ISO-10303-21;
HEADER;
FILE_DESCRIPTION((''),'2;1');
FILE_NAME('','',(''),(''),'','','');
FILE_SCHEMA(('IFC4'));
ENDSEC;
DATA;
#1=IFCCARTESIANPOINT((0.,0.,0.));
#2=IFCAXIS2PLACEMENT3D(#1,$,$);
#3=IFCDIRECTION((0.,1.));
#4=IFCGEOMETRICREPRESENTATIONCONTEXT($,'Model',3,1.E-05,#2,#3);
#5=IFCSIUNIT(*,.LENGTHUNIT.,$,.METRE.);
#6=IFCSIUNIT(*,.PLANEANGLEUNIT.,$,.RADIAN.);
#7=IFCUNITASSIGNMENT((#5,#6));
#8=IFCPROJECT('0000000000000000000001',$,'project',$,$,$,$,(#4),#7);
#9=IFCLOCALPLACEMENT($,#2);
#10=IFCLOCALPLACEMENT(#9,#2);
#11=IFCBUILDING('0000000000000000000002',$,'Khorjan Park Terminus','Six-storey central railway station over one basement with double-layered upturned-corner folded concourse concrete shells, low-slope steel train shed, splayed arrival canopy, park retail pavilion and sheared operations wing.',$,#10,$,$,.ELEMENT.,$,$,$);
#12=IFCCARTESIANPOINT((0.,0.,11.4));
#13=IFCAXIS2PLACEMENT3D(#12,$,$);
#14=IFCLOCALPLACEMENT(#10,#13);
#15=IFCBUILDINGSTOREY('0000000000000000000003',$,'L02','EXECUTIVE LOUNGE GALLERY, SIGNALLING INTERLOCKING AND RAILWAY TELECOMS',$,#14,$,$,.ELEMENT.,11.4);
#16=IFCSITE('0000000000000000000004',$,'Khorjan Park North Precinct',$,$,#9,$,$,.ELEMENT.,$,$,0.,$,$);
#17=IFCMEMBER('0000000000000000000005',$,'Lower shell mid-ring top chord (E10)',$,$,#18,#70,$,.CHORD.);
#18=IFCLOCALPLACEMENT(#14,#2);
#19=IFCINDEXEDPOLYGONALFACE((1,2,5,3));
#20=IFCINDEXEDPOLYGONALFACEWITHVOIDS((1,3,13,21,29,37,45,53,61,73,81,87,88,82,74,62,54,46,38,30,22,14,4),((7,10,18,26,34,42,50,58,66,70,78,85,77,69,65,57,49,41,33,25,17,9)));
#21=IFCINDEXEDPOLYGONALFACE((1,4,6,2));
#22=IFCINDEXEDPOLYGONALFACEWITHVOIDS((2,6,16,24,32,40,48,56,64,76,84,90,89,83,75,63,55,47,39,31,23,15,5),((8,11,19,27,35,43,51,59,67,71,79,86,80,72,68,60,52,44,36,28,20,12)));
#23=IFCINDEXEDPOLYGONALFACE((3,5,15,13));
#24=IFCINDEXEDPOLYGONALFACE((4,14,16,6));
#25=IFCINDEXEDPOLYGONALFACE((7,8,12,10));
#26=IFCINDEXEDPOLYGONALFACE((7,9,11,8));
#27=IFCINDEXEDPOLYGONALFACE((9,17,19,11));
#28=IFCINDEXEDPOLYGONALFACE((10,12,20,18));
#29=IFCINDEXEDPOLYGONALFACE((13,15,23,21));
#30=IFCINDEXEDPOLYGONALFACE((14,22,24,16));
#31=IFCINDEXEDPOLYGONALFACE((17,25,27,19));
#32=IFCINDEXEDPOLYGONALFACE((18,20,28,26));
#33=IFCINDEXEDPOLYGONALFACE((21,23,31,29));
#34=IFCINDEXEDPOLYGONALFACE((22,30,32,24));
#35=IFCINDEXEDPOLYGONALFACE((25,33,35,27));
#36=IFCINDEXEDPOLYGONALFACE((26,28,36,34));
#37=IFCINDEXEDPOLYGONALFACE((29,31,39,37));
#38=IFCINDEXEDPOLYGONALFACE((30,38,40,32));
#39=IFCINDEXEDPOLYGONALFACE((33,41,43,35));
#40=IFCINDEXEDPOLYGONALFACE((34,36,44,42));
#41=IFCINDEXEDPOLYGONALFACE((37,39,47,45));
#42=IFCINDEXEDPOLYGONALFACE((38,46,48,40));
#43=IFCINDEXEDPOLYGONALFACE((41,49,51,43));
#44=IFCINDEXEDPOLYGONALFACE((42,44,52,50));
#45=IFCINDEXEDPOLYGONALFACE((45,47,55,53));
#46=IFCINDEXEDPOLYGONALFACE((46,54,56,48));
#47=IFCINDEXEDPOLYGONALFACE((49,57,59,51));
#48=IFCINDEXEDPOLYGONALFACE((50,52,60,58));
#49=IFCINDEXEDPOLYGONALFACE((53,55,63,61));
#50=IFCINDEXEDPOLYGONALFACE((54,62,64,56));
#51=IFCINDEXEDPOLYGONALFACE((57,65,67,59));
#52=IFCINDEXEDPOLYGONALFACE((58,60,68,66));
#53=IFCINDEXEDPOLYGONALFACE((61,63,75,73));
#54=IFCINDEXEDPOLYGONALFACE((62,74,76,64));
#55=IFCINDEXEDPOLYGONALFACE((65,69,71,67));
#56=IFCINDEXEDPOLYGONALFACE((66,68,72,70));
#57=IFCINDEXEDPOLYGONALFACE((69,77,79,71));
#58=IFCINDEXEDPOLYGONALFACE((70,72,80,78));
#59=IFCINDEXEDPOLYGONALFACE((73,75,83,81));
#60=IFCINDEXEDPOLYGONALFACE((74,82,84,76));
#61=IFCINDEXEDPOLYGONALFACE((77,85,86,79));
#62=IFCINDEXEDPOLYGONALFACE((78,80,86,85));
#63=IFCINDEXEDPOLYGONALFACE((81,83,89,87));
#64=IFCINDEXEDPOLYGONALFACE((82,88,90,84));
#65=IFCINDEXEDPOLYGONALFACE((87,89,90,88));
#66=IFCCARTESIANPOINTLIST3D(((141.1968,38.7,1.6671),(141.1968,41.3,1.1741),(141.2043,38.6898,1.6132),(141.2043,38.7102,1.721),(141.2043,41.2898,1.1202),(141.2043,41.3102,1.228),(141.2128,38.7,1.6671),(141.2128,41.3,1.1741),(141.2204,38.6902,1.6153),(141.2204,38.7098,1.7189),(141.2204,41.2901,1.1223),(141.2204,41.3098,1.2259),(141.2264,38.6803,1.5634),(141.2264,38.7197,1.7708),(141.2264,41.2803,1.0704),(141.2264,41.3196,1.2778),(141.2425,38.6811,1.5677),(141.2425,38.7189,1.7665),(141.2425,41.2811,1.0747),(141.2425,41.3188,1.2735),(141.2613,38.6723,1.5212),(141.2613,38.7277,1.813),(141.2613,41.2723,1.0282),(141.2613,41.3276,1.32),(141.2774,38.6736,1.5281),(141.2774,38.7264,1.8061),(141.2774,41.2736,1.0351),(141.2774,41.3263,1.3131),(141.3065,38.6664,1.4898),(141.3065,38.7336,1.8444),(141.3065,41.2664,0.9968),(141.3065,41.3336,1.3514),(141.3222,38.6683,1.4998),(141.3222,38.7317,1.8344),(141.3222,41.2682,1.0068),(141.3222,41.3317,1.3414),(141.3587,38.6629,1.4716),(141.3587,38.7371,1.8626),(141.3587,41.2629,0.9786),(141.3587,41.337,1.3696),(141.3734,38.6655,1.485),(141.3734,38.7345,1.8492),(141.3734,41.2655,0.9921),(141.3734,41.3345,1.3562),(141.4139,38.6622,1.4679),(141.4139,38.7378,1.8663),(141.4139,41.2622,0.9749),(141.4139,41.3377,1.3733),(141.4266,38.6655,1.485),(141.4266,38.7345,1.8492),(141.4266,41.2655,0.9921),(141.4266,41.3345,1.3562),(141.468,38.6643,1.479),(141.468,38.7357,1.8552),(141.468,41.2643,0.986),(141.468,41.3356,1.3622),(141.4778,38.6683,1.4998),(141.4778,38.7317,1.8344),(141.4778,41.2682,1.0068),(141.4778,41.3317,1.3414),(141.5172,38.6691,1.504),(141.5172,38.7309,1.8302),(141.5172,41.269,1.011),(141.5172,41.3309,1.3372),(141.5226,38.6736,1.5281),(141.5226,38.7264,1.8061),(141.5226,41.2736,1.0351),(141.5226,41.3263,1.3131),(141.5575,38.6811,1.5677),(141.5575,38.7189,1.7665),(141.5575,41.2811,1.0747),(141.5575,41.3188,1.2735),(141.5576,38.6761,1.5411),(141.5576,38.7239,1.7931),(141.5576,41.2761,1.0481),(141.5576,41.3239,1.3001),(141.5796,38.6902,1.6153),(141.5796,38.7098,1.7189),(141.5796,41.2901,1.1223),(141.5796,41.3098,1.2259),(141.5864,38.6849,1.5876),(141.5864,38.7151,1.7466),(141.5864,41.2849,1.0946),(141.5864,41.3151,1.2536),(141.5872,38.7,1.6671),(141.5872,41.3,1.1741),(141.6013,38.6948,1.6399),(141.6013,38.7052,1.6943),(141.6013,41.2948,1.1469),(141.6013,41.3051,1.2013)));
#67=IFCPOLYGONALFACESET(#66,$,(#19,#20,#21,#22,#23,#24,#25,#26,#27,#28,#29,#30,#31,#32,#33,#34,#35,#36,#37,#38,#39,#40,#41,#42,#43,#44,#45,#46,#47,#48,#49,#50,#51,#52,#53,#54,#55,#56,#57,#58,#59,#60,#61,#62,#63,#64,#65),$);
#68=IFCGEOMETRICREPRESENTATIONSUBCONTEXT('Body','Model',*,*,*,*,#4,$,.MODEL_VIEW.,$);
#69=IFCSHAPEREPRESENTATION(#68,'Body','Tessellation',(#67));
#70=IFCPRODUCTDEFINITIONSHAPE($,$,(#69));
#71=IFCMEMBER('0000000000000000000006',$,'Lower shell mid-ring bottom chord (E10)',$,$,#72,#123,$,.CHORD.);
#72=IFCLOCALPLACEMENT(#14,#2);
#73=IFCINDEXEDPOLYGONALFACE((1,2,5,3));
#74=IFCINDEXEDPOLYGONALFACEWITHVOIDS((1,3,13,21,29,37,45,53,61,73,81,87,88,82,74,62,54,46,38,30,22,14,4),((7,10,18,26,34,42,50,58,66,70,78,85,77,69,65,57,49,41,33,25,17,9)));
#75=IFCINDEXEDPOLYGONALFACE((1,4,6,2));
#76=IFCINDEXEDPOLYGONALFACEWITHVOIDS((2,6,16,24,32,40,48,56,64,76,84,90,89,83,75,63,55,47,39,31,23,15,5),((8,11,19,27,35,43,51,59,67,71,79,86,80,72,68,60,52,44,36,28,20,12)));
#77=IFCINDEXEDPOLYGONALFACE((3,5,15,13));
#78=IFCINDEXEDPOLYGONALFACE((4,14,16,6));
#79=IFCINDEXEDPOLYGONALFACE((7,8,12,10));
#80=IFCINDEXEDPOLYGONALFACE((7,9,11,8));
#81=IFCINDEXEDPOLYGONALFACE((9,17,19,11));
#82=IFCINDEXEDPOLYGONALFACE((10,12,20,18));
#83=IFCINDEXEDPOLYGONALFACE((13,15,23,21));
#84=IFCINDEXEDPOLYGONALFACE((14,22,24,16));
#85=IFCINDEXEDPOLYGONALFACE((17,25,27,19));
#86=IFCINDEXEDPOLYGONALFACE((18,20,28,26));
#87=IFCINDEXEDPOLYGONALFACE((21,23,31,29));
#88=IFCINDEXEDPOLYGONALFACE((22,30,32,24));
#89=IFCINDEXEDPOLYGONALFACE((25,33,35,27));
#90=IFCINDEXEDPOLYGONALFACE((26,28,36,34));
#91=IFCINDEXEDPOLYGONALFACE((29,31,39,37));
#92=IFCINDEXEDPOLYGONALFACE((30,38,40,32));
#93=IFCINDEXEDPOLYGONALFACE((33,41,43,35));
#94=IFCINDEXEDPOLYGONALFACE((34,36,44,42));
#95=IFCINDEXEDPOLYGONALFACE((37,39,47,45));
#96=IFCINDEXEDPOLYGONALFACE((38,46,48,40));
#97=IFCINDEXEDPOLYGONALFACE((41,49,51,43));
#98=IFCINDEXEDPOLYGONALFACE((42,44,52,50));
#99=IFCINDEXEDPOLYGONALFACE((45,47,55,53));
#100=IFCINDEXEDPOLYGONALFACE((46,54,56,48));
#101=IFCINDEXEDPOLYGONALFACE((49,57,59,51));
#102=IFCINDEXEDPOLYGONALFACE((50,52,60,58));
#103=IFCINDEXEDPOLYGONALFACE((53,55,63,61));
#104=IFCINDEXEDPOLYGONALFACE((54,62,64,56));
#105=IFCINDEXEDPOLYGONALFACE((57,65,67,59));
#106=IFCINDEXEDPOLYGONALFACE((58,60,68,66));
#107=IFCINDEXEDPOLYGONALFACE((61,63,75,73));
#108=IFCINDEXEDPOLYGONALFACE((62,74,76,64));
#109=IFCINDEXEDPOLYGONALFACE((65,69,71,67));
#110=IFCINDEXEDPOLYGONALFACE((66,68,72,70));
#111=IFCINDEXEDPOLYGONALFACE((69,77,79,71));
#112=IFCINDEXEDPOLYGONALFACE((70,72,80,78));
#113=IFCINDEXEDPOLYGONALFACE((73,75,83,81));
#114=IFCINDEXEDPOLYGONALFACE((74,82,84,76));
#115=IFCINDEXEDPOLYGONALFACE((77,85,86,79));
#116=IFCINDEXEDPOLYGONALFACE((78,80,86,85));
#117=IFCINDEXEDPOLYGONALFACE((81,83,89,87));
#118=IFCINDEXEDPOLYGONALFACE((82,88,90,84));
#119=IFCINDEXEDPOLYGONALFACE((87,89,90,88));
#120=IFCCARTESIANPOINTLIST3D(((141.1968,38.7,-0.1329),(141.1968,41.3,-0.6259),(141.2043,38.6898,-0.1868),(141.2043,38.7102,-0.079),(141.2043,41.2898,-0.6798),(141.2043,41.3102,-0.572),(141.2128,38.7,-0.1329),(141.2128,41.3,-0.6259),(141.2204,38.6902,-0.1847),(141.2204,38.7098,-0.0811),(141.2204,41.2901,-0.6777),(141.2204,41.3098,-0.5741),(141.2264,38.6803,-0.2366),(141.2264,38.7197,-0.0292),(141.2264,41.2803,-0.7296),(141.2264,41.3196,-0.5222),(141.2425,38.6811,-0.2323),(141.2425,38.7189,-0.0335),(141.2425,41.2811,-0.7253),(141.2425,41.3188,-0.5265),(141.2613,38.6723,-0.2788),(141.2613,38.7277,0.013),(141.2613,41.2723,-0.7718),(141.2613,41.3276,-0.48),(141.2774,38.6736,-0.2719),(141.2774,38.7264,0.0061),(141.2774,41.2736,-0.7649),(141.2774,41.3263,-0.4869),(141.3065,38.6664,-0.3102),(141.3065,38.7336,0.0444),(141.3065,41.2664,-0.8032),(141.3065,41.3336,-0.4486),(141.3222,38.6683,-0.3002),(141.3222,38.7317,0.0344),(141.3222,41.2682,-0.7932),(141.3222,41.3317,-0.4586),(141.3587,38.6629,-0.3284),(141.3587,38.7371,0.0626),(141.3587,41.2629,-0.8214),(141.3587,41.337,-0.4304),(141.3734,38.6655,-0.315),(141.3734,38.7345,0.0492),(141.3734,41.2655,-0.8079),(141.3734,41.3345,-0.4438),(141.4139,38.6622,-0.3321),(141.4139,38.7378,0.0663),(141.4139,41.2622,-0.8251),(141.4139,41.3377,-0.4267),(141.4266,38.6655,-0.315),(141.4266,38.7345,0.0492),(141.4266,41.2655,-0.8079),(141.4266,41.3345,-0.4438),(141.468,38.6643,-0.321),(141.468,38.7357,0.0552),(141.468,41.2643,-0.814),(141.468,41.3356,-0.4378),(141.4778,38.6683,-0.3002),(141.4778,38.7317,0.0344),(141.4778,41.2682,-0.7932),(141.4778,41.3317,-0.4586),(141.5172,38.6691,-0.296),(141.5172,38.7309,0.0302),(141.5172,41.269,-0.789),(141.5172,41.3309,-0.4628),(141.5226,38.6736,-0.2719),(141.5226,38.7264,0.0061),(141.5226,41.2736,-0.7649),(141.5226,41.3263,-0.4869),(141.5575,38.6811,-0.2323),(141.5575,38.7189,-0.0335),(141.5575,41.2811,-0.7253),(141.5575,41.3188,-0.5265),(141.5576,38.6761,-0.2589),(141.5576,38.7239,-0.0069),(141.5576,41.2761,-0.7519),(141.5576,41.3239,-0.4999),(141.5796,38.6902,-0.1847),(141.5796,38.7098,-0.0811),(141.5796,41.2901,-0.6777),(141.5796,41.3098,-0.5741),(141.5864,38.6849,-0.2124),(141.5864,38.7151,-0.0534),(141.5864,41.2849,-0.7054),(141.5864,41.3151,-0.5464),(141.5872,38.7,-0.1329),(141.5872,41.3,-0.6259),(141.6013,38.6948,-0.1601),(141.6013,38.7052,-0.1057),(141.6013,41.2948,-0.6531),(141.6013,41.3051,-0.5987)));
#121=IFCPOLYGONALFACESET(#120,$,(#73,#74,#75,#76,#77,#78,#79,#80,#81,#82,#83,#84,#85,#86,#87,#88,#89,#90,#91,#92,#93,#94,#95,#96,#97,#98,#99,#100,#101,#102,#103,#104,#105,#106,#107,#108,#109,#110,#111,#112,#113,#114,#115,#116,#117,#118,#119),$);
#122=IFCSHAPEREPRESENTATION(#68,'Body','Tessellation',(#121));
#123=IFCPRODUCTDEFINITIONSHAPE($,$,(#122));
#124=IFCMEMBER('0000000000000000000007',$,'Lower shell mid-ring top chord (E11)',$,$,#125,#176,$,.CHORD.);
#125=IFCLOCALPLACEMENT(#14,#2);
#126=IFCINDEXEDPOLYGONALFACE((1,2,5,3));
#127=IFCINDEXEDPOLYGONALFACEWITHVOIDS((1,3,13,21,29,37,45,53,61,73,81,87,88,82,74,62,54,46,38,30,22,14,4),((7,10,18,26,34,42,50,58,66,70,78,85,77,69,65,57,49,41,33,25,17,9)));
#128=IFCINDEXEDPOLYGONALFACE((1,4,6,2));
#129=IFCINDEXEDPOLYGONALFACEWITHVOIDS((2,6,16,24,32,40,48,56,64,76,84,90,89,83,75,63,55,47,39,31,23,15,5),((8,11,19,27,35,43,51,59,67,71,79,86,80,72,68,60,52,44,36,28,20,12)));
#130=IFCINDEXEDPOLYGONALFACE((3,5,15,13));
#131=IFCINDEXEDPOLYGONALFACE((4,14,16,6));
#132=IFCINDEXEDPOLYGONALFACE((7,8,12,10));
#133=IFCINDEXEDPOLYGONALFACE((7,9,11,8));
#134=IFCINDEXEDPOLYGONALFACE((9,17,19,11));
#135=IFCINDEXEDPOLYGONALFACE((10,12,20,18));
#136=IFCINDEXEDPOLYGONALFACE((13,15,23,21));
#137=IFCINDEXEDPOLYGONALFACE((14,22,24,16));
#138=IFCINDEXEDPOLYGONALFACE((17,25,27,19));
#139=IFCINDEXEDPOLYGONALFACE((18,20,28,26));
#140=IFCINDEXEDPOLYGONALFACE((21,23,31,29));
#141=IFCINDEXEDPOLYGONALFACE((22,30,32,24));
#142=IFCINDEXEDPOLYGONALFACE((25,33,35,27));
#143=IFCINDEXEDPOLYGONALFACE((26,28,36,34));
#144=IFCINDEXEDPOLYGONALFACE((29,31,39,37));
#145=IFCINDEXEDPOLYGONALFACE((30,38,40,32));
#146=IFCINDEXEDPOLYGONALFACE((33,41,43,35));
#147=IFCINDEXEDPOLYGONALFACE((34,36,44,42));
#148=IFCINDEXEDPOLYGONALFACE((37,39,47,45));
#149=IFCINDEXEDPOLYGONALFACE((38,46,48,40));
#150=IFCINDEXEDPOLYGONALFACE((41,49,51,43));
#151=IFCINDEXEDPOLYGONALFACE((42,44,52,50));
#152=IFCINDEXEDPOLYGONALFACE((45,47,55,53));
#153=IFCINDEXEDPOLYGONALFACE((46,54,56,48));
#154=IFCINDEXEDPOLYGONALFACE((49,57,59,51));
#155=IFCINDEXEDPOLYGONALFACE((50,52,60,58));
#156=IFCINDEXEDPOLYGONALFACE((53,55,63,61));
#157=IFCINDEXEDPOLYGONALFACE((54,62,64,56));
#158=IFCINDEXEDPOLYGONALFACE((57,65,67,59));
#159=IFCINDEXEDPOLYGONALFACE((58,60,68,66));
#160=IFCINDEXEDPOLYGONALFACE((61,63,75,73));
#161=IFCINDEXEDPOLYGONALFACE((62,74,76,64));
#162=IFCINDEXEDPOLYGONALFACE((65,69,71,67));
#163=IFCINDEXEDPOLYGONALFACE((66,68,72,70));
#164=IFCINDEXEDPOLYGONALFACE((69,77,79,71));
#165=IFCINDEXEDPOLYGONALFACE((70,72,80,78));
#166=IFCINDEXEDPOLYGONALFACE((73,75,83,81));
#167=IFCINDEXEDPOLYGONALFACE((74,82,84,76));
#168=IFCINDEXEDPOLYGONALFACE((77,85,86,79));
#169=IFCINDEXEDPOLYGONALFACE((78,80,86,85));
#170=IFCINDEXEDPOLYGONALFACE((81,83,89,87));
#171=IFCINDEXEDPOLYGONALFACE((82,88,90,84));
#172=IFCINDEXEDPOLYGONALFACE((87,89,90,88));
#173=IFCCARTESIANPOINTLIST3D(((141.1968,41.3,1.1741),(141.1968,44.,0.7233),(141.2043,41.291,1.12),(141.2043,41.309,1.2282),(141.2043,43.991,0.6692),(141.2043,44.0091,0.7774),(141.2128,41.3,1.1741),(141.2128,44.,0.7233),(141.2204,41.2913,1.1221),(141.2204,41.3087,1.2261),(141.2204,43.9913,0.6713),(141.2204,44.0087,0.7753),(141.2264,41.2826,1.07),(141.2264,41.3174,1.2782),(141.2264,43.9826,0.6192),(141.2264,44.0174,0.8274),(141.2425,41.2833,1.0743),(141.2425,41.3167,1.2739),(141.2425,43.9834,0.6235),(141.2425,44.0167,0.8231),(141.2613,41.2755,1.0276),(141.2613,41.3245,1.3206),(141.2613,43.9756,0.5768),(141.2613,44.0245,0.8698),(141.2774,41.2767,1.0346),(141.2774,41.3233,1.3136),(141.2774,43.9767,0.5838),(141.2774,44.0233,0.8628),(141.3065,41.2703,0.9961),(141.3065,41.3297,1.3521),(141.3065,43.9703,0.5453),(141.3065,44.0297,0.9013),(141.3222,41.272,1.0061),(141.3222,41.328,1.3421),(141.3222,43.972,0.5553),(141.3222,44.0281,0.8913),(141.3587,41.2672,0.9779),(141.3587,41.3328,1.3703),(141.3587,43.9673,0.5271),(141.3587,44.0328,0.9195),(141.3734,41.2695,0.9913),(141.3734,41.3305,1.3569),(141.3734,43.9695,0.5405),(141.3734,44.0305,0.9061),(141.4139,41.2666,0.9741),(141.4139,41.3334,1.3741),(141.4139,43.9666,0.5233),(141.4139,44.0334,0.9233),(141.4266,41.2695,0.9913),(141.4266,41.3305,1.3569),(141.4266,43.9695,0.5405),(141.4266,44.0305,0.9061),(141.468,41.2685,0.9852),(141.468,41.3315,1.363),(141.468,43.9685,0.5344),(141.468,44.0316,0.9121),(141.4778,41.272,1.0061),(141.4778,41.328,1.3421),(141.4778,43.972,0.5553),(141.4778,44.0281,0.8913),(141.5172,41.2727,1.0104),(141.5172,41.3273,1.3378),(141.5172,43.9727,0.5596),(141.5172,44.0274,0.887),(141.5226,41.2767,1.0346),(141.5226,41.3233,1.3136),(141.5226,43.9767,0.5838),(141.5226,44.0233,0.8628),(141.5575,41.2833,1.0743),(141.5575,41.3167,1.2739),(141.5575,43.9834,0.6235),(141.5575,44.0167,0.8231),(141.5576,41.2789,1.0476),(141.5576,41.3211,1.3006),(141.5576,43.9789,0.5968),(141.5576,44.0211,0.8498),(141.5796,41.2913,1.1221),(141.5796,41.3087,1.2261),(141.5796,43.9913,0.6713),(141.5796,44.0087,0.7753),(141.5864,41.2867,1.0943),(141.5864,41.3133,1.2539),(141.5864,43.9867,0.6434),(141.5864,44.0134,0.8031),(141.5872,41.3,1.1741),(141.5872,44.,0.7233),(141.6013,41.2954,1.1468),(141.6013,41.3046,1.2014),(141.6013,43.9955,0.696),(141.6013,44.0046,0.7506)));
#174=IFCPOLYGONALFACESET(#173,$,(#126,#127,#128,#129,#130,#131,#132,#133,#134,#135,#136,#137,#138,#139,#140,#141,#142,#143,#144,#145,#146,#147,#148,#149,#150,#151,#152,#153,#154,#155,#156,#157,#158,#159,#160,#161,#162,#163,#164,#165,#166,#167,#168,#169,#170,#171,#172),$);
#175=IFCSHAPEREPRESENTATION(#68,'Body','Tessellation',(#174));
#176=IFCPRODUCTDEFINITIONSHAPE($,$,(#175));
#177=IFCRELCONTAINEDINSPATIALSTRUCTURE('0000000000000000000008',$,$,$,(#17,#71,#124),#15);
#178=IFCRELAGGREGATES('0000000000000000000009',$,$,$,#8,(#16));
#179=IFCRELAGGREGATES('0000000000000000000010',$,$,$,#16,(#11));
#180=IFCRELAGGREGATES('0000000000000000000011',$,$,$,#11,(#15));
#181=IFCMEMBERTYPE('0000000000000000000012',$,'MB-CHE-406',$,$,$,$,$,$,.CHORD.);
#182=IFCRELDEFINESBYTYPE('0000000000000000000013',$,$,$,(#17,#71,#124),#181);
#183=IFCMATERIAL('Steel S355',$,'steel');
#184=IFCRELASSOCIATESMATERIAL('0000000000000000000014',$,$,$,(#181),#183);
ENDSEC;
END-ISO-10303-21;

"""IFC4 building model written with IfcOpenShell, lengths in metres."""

from ifc_helpers import new_model, si_unit, direction, frame, origin, origin_2d, place, context, subcontext, project, spatial, hollow_circle, extrude, material, material_profile, profile_set, type_object, element, save


model = new_model("IFC4")

# Units and contexts
model_context = context("Model", 3, precision=1e-05, world=origin(), true_north=direction((0.0, 1.0)))
body_context = subcontext(model_context, "Body", "Model", "MODEL_VIEW")
ifc_project = project(units=[si_unit("LENGTHUNIT", "METRE"), si_unit("PLANEANGLEUNIT", "RADIAN")], contexts=[model_context])

# Site, building, storey
site_placement = place(None, origin())
site = spatial("IfcSite", under=ifc_project, at=site_placement, Name="Khorjan Park North Precinct", CompositionType="ELEMENT", RefElevation=0.0)
building_placement = place(site_placement, origin())
building = spatial("IfcBuilding", under=site, at=building_placement, Name="Khorjan Park Terminus", Description="Six-storey central railway station over one basement with double-layered upturned-corner folded concourse concrete shells, low-slope steel train shed, splayed arrival canopy, park retail pavilion and sheared operations wing.", CompositionType="ELEMENT")
storey_placement = place(building_placement, frame((0.0, 0.0, 11.4)))
storey = spatial("IfcBuildingStorey", under=building, at=storey_placement, Name="L02", Description="EXECUTIVE LOUNGE GALLERY, SIGNALLING INTERLOCKING AND RAILWAY TELECOMS", CompositionType="ELEMENT", Elevation=11.4)

# Shared definitions
ifc_material_1 = material(Name="Steel S355", Category="steel")

# Members
ifc_material_profile_1 = material_profile(ifc_material_1, hollow_circle(Radius=0.2032, WallThickness=0.016, at=origin_2d()), Name="CHS 406.4x16")
ifc_profile_set_1 = profile_set([ifc_material_profile_1], Name="Steel S355")
member_type_1 = type_object("IfcMemberType", Name="MB-CHE-406", PredefinedType="CHORD", material=ifc_profile_set_1)
for number, where, z_axis, x_axis, name in (
    (1, (141.4, 38.7, 1.6671), (0.0, 0.982494, -0.186296), (-1.0, 0.0, 0.0), "Lower shell mid-ring top chord (E10)"),
    (2, (141.4, 38.7, -0.1329), (0.0, 0.982494, -0.186296), (-1.0, 0.0, 0.0), "Lower shell mid-ring bottom chord (E10)"),
):
    element("IfcMember", number, at=place(storey_placement, frame(where, z_axis=z_axis, x_axis=x_axis)), inside=storey, type_object=member_type_1, Name=name, PredefinedType="CHORD", context=body_context, shape_type="SweptSolid", body=[
        extrude(hollow_circle(Radius=0.2032, WallThickness=0.016, at=origin_2d()), origin(), (0.0, 0.0, 1.0), 2.6463),
    ])
for number, where, z_axis, x_axis, name in (
    (3, (141.4, 41.3, 1.1741), (0.0, 0.986346, -0.164683), (-1.0, 0.0, 0.0), "Lower shell mid-ring top chord (E11)"),
):
    element("IfcMember", number, at=place(storey_placement, frame(where, z_axis=z_axis, x_axis=x_axis)), inside=storey, type_object=member_type_1, Name=name, PredefinedType="CHORD", context=body_context, shape_type="SweptSolid", body=[
        extrude(hollow_circle(Radius=0.2032, WallThickness=0.016, at=origin_2d()), origin(), (0.0, 0.0, 1.0), 2.7374),
    ])

save(model, "model.ifc")
